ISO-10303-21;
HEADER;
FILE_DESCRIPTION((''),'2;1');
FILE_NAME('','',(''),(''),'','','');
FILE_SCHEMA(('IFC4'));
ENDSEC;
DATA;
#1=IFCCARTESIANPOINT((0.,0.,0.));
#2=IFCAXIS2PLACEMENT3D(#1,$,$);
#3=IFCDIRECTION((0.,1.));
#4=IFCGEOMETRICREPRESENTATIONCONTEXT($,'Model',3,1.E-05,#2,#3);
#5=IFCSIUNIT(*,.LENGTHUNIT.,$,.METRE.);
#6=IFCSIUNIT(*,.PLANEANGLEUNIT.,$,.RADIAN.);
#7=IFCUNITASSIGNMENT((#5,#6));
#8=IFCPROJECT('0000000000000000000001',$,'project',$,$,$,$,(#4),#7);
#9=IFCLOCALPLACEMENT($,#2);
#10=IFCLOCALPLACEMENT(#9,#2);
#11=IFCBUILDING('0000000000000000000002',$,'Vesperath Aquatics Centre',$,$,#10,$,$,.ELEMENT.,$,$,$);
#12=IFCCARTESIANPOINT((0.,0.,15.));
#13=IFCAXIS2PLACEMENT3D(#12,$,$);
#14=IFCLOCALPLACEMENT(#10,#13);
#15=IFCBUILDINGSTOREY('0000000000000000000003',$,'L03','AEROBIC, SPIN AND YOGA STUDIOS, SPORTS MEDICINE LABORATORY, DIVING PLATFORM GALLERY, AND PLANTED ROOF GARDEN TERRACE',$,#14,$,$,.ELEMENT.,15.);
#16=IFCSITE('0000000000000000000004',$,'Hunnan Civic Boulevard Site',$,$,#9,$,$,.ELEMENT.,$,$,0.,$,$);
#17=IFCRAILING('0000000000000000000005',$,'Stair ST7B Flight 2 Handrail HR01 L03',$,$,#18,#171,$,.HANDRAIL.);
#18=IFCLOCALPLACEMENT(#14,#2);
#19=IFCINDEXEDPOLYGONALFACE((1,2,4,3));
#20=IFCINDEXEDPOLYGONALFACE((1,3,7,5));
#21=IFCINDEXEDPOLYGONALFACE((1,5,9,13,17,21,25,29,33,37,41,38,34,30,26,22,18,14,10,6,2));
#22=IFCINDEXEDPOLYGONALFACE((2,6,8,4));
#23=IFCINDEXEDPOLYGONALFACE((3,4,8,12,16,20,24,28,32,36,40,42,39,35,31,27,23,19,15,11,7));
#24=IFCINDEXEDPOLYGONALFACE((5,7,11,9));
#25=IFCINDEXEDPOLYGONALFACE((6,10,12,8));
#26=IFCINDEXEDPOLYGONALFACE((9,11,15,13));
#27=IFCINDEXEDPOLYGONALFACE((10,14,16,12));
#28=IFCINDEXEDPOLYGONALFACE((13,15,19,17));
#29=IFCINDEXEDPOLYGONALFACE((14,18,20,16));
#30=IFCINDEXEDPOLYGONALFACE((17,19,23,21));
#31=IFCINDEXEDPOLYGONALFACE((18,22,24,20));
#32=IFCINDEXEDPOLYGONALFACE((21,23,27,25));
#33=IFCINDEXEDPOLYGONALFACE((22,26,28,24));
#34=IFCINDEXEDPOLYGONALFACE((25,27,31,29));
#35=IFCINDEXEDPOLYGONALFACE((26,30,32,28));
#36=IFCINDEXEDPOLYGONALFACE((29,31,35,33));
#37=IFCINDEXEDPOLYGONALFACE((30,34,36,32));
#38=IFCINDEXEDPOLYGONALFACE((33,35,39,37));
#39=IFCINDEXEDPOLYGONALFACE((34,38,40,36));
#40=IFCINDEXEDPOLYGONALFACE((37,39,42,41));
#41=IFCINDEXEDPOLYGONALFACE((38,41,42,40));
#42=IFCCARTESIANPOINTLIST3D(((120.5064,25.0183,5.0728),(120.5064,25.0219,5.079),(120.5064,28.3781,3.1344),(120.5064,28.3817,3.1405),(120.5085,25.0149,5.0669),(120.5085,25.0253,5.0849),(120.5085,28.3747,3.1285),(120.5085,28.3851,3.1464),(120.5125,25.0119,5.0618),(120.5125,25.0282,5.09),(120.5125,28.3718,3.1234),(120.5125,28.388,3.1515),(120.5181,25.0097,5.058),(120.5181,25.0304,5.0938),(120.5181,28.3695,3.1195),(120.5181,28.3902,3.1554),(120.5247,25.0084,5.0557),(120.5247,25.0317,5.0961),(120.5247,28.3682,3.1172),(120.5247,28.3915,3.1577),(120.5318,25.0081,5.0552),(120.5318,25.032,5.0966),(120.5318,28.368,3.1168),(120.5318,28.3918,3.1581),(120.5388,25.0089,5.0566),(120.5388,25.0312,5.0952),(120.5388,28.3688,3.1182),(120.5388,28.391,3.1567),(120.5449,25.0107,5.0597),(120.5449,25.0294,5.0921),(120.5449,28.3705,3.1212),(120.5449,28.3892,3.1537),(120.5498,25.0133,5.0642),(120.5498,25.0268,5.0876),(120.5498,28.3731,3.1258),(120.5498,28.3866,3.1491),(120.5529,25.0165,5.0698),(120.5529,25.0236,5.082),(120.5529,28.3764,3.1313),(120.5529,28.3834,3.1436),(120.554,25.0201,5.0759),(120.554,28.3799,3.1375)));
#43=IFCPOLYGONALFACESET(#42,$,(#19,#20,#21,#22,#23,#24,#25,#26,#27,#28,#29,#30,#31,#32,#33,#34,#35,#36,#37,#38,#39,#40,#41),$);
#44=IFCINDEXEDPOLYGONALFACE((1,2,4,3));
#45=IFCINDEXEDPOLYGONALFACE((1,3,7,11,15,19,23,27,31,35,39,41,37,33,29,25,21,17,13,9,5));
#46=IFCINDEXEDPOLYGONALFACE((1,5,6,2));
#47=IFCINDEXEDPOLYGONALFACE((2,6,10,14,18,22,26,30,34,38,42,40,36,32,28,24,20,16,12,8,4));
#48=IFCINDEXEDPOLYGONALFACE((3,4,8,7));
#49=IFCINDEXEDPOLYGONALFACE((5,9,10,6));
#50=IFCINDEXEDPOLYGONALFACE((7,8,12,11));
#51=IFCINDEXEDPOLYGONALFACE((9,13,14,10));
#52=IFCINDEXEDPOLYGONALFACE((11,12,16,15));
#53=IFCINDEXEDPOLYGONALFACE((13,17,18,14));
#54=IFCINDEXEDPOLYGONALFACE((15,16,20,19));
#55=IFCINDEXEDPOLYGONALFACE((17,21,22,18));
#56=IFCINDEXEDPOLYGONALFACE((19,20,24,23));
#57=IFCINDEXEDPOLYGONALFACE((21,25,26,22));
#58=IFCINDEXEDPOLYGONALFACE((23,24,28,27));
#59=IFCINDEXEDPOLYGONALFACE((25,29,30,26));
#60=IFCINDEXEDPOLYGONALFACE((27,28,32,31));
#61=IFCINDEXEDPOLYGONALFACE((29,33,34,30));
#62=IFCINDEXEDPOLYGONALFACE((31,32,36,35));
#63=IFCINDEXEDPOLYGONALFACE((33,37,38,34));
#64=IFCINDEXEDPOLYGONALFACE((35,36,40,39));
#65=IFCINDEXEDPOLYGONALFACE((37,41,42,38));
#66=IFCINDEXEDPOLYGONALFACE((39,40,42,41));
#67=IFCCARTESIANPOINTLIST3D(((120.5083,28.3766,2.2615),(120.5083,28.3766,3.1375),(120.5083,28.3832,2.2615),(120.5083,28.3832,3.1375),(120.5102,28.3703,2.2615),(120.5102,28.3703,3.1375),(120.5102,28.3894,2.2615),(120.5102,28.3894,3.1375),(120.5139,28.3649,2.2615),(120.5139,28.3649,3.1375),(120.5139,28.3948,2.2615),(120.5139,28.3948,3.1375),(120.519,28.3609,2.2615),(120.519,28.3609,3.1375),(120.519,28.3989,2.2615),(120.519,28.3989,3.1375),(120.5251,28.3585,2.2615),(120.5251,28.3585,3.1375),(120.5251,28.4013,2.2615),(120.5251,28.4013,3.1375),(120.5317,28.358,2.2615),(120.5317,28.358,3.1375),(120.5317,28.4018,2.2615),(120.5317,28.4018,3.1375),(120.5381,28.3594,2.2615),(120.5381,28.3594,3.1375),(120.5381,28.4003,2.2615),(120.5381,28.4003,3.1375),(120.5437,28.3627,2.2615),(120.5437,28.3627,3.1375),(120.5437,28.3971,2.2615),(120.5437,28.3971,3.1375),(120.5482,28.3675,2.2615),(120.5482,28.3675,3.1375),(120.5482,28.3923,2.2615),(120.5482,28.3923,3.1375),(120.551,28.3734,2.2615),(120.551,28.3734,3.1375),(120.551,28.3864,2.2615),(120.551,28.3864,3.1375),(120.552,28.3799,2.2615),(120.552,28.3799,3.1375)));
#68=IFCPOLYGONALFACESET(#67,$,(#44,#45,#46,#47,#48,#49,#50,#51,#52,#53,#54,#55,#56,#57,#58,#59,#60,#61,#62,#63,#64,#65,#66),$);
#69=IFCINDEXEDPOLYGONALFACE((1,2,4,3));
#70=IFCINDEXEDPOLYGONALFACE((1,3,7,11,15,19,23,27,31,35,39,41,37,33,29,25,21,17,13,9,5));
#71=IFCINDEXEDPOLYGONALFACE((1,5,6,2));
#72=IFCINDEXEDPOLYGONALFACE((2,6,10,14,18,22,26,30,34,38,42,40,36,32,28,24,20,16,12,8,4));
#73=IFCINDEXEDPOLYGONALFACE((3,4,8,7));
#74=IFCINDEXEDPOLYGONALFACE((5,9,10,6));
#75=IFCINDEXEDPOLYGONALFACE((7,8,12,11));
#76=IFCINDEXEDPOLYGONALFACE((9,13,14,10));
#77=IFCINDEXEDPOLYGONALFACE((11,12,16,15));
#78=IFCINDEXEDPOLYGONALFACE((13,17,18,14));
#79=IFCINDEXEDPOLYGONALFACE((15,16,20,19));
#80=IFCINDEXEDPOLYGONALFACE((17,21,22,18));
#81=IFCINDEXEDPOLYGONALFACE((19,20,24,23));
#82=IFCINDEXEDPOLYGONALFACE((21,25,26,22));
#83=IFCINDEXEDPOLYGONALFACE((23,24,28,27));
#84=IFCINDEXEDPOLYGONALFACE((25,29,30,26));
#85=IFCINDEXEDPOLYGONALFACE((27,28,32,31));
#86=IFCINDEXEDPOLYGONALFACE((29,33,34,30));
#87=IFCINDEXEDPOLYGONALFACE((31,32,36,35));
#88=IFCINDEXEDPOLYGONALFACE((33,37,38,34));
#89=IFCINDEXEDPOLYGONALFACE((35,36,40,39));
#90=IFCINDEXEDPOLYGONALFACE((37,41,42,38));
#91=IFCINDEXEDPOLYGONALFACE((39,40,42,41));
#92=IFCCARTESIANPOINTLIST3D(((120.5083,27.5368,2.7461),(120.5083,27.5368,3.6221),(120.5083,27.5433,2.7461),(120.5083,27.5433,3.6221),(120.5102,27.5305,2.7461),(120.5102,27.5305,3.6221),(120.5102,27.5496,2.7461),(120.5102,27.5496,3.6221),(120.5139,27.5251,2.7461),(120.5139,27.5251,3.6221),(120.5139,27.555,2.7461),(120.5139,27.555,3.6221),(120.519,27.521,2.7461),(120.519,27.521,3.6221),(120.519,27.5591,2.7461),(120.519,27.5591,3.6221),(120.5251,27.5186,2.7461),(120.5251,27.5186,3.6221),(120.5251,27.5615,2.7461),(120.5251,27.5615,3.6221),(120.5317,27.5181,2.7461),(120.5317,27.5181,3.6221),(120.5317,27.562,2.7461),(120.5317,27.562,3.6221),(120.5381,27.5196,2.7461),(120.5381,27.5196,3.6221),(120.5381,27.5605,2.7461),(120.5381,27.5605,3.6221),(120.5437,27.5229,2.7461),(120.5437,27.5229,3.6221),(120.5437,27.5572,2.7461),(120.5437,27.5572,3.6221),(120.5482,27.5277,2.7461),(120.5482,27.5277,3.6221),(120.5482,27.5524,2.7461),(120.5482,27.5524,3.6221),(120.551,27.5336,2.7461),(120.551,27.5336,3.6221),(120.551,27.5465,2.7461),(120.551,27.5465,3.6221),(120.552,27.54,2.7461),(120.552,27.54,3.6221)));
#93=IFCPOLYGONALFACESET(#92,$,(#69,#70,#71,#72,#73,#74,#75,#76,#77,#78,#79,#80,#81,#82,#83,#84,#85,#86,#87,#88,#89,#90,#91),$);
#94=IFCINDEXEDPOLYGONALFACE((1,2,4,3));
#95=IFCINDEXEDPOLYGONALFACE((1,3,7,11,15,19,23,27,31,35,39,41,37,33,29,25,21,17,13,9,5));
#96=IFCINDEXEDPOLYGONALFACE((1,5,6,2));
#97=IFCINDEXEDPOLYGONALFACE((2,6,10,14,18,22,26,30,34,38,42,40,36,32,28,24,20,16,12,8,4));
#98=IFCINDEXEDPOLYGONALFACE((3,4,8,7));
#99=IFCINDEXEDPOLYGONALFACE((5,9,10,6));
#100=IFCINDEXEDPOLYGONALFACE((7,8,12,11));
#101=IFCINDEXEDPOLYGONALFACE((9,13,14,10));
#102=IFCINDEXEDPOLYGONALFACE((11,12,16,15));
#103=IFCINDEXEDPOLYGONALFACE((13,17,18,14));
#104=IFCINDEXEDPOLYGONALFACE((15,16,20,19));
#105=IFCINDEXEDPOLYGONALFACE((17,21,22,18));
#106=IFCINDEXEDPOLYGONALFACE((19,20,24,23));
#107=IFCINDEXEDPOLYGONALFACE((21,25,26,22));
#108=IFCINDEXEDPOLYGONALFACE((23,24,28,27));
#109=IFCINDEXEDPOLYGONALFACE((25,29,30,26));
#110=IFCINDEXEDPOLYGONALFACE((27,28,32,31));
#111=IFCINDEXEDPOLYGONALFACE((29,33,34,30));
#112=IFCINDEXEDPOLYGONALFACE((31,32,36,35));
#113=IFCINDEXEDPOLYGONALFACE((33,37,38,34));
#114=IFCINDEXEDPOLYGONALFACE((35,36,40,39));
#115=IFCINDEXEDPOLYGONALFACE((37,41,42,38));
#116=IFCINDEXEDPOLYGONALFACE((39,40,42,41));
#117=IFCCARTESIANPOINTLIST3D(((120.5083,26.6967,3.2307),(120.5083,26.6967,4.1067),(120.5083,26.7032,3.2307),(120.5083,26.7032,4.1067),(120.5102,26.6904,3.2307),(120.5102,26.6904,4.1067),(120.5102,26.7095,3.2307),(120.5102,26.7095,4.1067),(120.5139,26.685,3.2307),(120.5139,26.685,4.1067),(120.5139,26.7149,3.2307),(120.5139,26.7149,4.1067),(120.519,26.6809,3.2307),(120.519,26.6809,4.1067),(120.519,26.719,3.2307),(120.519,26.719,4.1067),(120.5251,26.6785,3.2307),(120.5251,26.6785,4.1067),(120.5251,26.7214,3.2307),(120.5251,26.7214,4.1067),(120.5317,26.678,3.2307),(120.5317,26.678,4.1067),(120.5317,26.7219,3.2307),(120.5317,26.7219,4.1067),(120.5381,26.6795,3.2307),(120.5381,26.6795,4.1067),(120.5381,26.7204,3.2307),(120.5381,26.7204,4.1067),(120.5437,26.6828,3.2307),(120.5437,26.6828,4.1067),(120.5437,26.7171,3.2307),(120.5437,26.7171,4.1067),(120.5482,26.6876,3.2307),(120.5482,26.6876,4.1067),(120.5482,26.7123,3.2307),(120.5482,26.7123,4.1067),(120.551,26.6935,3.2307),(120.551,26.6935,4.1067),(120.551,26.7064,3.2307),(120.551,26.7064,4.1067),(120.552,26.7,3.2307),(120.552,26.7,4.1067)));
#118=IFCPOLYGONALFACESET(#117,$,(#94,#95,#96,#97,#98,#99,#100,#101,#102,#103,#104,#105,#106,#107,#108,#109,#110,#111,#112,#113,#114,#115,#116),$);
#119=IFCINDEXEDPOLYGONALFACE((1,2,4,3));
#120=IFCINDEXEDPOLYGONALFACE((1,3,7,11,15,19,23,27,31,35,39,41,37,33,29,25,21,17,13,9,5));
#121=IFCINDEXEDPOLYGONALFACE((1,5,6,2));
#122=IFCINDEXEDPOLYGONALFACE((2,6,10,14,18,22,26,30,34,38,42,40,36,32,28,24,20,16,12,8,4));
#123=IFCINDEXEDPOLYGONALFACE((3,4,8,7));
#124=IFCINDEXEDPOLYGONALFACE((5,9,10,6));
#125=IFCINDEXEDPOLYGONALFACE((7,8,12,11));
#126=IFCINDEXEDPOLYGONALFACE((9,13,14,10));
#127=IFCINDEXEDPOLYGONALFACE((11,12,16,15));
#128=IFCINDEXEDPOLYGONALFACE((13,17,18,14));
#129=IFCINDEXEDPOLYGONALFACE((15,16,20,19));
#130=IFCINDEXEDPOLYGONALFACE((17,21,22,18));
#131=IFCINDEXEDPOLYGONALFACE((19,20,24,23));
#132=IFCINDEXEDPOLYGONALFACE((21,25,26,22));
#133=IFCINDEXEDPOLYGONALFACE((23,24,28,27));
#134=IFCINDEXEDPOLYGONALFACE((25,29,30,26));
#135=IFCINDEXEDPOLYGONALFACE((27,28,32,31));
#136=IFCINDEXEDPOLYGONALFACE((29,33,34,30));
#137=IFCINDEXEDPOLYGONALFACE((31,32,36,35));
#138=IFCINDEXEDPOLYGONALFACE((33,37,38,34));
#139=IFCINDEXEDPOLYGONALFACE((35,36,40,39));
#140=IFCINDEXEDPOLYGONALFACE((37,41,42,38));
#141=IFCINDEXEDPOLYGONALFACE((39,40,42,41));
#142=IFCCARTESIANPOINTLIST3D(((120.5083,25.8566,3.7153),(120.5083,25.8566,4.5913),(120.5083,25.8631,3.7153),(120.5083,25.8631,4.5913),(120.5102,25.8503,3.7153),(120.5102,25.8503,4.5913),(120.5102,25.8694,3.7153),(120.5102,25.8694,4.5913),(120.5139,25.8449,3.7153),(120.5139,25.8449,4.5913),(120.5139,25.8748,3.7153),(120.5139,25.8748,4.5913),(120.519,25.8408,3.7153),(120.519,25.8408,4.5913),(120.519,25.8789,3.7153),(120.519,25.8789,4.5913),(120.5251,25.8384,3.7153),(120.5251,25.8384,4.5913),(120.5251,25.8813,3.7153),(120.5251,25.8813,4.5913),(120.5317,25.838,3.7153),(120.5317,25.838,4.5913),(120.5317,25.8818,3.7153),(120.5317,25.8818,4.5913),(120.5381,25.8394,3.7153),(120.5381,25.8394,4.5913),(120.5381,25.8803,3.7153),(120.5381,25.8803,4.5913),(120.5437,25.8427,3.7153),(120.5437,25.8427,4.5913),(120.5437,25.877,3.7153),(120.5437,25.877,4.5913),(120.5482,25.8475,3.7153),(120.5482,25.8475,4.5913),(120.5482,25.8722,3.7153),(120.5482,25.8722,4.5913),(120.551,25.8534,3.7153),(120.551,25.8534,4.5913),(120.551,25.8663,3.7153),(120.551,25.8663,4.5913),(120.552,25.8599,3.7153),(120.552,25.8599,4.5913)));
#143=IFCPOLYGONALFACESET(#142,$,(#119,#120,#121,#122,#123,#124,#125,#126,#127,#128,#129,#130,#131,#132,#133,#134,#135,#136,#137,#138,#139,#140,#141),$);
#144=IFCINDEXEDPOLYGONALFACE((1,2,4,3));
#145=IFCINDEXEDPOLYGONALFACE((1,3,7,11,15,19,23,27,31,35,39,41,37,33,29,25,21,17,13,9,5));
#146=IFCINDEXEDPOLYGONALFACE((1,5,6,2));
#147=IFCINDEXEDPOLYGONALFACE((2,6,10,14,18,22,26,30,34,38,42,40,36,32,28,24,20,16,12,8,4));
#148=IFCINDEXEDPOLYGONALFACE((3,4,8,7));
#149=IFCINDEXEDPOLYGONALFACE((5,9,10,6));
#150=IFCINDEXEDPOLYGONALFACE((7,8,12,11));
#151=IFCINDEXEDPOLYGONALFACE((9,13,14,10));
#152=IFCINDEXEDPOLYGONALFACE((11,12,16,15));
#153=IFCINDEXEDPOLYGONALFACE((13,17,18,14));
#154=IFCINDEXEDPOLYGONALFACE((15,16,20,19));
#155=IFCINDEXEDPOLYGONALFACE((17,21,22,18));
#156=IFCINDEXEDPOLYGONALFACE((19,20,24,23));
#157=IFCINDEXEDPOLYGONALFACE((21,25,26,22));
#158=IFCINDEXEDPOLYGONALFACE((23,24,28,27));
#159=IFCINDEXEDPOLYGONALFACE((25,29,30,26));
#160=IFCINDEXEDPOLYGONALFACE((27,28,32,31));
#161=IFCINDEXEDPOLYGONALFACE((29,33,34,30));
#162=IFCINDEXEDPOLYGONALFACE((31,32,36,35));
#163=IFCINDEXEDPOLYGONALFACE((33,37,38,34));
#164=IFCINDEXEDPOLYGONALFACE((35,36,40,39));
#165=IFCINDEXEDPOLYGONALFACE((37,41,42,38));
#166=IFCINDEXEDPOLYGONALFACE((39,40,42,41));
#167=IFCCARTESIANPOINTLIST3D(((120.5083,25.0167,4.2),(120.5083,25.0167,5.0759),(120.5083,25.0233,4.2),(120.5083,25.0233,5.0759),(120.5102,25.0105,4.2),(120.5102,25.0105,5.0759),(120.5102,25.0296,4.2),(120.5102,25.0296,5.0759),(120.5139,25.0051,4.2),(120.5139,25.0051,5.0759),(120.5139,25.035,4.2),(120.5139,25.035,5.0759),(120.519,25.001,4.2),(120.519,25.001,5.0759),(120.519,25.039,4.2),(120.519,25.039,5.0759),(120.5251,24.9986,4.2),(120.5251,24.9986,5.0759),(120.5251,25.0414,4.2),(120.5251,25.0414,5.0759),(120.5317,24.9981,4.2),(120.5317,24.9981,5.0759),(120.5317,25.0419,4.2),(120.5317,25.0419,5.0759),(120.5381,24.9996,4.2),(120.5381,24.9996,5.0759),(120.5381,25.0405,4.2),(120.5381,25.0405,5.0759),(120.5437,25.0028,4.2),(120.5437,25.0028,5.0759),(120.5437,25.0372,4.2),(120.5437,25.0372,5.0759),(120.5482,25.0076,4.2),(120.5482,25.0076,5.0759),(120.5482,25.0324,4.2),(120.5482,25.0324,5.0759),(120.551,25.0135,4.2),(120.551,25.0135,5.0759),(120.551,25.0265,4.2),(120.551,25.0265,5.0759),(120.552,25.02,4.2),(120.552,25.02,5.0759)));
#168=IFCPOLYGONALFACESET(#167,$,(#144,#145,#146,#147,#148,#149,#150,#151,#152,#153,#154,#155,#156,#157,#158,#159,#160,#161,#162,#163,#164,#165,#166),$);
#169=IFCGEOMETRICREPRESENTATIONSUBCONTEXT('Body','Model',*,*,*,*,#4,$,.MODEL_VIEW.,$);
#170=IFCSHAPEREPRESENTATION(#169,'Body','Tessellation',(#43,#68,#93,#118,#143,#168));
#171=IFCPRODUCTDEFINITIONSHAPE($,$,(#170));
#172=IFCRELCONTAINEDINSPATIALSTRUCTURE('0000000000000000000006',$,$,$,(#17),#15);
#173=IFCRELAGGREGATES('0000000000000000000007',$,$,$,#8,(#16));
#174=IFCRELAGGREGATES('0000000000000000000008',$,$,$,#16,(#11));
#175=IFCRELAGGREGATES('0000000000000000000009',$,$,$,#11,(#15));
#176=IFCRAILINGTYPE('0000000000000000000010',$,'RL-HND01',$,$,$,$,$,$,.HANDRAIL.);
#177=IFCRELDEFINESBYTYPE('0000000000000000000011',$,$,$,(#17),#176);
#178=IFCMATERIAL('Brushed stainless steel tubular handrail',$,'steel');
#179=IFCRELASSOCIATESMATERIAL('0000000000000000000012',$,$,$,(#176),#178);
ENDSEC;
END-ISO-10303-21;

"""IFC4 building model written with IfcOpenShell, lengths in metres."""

from ifc_helpers import new_model, si_unit, direction, frame, origin, origin_2d, place, context, subcontext, project, spatial, circle, extrude, material, type_object, element, save


model = new_model("IFC4")

# Units and contexts
model_context = context("Model", 3, precision=1e-05, world=origin(), true_north=direction((0.0, 1.0)))
body_context = subcontext(model_context, "Body", "Model", "MODEL_VIEW")
ifc_project = project(units=[si_unit("LENGTHUNIT", "METRE"), si_unit("PLANEANGLEUNIT", "RADIAN")], contexts=[model_context])

# Site, building, storey
site_placement = place(None, origin())
site = spatial("IfcSite", under=ifc_project, at=site_placement, Name="Hunnan Civic Boulevard Site", CompositionType="ELEMENT", RefElevation=0.0)
building_placement = place(site_placement, origin())
building = spatial("IfcBuilding", under=site, at=building_placement, Name="Vesperath Aquatics Centre", CompositionType="ELEMENT")
storey_placement = place(building_placement, frame((0.0, 0.0, 15.0)))
storey = spatial("IfcBuildingStorey", under=building, at=storey_placement, Name="L03", Description="AEROBIC, SPIN AND YOGA STUDIOS, SPORTS MEDICINE LABORATORY, DIVING PLATFORM GALLERY, AND PLANTED ROOF GARDEN TERRACE", CompositionType="ELEMENT", Elevation=15.0)

# Railing
ifc_material_1 = material(Name="Brushed stainless steel tubular handrail", Category="steel")
railing_type_1 = type_object("IfcRailingType", Name="RL-HND01", PredefinedType="HANDRAIL", material=ifc_material_1)
railing_1_placement = place(storey_placement, frame((120.53, 28.3799, 2.2615)))
element("IfcRailing", 1, at=railing_1_placement, inside=storey, type_object=railing_type_1, Name="Stair ST7B Flight 2 Handrail HR01 L03", PredefinedType="HANDRAIL", context=body_context, shape_type="SweptSolid", body=[
    extrude(circle(Radius=0.0239, at=origin_2d()), frame((0.0, 0.0, 0.876), z_axis=(0.0, -0.866175, 0.499741), x_axis=(1.0, 0.0, 0.0)), (0.0, 0.0, 1.0), 3.8789),
    extrude(circle(Radius=0.022, at=origin_2d()), origin(), (0.0, 0.0, 1.0), 0.876),
    extrude(circle(Radius=0.022, at=origin_2d()), frame((0.0, -0.8398, 0.4846)), (0.0, 0.0, 1.0), 0.876),
    extrude(circle(Radius=0.022, at=origin_2d()), frame((0.0, -1.6799, 0.9692)), (0.0, 0.0, 1.0), 0.876),
    extrude(circle(Radius=0.022, at=origin_2d()), frame((0.0, -2.52, 1.4539)), (0.0, 0.0, 1.0), 0.876),
    extrude(circle(Radius=0.022, at=origin_2d()), frame((0.0, -3.3599, 1.9385)), (0.0, 0.0, 1.0), 0.876),
])

save(model, "model.ifc")
